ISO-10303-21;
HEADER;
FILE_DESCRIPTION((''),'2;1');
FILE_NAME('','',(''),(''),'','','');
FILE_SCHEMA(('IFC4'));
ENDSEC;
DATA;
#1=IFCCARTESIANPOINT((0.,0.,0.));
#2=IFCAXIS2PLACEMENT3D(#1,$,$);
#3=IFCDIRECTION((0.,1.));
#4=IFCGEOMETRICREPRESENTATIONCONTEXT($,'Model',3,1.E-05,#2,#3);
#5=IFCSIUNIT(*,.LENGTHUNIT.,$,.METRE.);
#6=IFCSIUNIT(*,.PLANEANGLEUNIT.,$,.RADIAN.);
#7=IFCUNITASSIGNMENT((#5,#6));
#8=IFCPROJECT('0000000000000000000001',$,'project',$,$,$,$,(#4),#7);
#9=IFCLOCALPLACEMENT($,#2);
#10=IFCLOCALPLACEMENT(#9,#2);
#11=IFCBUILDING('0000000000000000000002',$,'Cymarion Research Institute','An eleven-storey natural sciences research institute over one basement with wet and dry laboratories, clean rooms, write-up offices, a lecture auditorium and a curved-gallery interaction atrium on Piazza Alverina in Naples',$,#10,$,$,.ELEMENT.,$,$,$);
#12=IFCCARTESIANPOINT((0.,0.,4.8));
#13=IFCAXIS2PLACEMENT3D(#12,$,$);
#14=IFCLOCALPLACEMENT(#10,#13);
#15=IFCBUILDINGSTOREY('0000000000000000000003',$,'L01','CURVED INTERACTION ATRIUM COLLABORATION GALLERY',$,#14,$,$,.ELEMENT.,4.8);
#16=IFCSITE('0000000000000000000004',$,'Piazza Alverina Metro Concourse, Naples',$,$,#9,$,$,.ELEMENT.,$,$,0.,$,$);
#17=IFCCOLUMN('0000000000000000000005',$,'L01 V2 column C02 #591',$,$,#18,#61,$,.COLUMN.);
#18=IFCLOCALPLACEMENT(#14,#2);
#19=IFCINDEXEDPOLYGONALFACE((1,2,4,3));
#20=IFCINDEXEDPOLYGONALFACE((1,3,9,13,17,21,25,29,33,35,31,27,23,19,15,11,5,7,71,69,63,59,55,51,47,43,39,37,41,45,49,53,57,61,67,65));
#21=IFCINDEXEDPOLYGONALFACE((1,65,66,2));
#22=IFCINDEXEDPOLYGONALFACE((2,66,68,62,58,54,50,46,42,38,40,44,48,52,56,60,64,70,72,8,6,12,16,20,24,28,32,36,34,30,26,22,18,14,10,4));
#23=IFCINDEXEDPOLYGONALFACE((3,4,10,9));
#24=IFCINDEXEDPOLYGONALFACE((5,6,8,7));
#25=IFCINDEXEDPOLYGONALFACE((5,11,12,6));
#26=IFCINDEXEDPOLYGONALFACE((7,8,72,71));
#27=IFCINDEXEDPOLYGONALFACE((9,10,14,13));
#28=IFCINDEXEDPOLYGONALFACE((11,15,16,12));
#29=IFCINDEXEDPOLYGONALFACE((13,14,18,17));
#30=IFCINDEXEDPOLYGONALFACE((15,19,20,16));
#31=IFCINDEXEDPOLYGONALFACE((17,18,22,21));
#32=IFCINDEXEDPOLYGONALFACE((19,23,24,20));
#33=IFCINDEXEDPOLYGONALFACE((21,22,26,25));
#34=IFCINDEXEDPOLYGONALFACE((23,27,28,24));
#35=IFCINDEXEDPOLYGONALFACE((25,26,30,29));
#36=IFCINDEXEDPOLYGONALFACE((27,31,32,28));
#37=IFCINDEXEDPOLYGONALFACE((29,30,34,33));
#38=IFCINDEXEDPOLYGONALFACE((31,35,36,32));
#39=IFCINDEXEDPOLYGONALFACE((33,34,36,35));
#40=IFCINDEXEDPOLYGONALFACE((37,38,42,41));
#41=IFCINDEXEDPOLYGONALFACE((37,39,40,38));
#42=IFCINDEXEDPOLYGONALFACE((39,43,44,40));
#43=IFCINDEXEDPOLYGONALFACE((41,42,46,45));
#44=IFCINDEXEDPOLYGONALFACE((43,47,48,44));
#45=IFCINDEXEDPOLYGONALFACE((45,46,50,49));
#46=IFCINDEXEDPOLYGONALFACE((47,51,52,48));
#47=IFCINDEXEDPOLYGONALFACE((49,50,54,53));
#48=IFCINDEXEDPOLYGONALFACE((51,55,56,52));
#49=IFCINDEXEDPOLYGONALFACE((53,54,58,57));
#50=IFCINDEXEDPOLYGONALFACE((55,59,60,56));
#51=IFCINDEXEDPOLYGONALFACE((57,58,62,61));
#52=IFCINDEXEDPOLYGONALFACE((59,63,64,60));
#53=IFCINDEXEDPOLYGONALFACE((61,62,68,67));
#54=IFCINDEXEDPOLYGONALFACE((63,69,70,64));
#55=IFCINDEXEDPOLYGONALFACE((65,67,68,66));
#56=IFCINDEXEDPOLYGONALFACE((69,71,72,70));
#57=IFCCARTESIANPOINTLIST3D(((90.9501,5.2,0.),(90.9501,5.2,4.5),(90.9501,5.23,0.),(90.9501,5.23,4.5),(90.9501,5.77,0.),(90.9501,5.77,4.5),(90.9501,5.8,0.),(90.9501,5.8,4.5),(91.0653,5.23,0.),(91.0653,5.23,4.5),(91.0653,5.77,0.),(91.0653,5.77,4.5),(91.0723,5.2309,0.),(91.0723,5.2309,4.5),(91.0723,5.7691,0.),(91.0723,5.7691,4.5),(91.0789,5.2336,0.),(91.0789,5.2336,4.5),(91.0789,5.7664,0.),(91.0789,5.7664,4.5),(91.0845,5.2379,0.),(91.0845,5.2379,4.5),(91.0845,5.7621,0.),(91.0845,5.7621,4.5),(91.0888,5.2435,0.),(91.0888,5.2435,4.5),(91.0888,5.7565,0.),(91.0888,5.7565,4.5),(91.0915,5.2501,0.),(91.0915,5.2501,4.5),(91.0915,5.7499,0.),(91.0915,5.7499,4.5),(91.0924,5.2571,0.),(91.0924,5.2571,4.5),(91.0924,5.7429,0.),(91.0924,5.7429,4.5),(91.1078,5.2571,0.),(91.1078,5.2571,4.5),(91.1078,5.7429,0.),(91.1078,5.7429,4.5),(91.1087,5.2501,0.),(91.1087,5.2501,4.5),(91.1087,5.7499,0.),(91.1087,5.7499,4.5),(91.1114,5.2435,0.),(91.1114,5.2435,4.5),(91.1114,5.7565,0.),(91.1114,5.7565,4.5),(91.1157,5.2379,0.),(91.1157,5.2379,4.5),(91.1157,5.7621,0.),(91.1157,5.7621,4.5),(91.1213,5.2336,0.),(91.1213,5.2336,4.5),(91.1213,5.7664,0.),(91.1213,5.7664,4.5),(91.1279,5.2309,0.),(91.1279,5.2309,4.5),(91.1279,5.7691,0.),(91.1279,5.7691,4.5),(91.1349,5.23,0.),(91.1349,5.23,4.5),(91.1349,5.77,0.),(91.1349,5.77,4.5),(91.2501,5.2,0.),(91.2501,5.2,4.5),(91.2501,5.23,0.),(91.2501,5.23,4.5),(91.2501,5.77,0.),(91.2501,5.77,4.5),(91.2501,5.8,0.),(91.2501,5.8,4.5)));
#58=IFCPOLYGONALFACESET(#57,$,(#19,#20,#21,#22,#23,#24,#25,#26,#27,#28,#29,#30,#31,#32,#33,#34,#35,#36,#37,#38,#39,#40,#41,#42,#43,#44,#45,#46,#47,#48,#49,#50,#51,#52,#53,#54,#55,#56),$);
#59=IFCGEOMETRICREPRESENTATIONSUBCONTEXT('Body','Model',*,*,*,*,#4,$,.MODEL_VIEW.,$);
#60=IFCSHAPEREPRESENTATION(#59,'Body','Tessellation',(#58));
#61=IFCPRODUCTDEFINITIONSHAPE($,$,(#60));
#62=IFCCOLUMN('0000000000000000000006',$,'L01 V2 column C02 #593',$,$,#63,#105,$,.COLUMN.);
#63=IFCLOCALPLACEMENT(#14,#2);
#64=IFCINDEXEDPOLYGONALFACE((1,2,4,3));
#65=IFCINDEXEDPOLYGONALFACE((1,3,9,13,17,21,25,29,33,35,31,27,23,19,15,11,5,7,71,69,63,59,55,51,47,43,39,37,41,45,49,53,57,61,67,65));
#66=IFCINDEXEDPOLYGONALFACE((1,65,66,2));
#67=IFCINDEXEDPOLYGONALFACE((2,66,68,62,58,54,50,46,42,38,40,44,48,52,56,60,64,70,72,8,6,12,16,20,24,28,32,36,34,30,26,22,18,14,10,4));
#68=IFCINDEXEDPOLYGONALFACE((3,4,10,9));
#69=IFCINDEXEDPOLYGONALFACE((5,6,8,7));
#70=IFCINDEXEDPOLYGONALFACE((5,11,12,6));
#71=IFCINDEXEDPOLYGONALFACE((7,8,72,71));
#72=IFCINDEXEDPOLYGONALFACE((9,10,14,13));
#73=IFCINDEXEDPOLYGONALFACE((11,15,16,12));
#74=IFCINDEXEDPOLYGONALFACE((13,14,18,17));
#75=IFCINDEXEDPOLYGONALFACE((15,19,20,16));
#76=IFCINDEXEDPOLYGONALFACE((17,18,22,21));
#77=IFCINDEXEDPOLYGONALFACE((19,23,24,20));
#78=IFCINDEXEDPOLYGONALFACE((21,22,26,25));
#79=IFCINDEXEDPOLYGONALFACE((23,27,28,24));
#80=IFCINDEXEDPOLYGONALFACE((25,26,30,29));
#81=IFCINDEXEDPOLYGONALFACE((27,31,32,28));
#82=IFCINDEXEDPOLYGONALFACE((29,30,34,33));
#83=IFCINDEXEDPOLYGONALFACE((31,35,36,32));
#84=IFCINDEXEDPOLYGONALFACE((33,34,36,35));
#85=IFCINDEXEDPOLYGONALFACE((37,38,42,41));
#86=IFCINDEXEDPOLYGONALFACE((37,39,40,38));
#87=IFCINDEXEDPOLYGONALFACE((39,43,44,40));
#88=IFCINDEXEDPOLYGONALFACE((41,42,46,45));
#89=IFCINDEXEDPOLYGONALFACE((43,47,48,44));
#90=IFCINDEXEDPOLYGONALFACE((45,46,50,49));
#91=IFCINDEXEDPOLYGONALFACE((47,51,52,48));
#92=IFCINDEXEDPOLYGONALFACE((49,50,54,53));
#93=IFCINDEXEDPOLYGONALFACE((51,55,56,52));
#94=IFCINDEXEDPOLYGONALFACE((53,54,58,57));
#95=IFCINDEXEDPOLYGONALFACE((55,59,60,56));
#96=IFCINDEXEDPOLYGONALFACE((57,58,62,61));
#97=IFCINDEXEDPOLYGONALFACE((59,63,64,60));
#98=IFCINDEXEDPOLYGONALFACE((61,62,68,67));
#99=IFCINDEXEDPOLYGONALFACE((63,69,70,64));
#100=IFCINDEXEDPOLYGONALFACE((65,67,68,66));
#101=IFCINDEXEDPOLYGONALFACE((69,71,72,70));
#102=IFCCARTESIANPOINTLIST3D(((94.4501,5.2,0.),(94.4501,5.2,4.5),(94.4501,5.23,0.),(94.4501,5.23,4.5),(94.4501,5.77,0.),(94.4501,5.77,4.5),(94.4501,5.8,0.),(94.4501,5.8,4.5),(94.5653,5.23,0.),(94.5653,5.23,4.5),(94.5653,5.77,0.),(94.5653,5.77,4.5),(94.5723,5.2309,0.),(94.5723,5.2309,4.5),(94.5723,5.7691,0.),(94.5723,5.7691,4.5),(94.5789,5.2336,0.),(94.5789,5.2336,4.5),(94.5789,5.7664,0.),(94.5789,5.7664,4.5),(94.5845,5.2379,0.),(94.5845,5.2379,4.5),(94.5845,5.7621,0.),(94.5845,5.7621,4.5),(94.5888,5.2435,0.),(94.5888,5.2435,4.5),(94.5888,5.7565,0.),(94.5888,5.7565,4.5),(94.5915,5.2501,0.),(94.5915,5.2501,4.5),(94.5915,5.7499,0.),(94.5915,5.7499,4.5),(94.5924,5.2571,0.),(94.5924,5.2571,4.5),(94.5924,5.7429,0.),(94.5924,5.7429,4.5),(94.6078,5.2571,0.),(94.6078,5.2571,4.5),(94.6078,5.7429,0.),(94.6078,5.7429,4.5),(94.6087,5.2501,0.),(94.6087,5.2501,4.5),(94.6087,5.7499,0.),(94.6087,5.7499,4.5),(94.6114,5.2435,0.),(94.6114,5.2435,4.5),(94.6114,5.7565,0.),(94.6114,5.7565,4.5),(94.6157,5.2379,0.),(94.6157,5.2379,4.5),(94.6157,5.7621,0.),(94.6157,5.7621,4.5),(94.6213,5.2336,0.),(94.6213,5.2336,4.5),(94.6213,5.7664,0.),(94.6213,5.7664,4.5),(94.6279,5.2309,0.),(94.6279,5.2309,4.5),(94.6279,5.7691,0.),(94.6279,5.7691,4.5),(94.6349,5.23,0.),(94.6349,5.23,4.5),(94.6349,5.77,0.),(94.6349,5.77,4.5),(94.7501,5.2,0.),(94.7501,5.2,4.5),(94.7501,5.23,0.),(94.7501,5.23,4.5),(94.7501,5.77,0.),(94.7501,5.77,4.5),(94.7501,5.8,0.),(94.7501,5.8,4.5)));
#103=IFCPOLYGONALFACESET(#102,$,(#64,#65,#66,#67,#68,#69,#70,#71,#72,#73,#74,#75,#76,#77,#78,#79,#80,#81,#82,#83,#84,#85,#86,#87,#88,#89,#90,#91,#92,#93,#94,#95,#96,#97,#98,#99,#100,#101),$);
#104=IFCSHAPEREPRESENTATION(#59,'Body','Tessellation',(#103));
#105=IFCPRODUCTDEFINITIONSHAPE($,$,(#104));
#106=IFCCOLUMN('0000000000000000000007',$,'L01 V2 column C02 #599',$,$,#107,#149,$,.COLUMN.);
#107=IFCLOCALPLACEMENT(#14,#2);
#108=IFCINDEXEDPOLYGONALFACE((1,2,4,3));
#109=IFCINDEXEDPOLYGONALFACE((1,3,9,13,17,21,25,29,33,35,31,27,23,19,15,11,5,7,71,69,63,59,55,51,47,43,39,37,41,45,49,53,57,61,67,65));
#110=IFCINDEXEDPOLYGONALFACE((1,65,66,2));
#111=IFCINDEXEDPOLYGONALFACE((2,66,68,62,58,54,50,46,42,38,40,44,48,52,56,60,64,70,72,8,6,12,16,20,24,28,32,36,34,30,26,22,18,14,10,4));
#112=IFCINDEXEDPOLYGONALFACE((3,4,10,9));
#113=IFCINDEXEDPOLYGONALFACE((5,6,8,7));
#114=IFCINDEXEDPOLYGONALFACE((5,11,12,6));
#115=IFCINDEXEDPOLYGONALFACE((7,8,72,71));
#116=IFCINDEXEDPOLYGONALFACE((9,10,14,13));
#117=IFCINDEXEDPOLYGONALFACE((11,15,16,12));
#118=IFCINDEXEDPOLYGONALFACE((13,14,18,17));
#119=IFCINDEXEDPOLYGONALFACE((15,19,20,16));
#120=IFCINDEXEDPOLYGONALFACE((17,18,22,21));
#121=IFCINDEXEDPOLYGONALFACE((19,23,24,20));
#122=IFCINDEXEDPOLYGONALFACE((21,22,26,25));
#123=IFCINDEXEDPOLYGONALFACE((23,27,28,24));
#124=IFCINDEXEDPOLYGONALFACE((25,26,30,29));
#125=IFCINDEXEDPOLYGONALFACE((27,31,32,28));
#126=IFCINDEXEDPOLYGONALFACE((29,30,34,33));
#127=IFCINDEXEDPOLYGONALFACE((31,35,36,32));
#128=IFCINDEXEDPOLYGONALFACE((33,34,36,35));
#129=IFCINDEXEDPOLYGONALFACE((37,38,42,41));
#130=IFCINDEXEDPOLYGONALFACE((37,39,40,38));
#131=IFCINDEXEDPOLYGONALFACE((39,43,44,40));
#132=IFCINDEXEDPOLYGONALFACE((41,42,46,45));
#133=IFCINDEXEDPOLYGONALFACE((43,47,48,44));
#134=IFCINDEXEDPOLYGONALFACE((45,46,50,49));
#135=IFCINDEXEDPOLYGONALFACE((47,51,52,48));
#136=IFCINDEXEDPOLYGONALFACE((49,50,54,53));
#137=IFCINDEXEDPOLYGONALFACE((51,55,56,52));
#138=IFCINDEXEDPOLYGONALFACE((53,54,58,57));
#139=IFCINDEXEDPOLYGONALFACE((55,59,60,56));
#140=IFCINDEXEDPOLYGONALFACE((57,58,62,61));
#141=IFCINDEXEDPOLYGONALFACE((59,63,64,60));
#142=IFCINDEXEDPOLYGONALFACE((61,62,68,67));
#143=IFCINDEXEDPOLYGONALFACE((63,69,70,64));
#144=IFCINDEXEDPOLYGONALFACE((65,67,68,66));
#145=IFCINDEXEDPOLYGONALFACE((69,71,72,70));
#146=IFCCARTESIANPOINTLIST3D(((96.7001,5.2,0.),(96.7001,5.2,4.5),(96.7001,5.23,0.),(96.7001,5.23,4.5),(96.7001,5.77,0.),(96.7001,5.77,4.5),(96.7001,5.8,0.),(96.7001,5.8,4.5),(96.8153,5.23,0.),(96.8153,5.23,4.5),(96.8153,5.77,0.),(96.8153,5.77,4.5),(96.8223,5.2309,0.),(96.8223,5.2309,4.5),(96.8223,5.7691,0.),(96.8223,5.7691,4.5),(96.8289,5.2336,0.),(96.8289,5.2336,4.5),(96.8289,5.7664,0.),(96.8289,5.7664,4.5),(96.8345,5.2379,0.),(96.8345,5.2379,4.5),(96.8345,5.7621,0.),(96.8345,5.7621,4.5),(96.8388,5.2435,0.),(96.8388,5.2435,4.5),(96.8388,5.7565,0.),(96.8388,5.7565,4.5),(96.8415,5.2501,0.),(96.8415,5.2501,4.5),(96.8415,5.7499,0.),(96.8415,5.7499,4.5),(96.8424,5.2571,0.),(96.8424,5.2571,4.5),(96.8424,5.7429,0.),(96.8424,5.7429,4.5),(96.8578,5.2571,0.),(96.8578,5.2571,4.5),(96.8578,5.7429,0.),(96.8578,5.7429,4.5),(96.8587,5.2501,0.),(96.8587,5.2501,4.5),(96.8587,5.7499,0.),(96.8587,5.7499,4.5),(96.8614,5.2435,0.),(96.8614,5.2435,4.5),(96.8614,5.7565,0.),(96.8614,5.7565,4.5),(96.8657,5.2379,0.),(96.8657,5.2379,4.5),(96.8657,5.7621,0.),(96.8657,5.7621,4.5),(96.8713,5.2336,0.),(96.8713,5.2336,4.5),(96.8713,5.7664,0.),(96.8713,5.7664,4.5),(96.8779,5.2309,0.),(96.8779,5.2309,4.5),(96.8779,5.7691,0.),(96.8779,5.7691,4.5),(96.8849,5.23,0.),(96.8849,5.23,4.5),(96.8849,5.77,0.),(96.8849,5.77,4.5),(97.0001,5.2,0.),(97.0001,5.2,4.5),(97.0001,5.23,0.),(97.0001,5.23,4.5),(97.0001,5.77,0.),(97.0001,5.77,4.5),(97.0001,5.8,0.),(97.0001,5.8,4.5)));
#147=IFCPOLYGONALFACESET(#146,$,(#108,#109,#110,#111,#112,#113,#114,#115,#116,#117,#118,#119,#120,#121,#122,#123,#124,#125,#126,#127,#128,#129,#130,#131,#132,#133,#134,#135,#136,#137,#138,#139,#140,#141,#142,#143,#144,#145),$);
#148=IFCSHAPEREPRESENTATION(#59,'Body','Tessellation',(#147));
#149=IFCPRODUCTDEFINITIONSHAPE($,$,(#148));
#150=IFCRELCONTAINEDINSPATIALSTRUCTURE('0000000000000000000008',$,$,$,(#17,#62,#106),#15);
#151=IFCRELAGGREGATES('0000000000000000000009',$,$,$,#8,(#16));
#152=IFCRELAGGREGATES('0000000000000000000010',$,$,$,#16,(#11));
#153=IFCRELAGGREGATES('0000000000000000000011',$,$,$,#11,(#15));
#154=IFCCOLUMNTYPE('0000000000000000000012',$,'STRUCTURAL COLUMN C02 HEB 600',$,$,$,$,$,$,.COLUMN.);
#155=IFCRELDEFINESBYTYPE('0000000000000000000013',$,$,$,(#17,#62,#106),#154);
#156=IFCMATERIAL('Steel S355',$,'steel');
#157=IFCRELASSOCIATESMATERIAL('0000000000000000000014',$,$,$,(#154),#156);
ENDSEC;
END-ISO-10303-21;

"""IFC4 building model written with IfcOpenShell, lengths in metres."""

from ifc_helpers import new_model, si_unit, direction, frame, origin, origin_2d, place, context, subcontext, project, spatial, i_section, extrude, material, material_profile, profile_set, type_object, element, save


model = new_model("IFC4")

# Units and contexts
model_context = context("Model", 3, precision=1e-05, world=origin(), true_north=direction((0.0, 1.0)))
body_context = subcontext(model_context, "Body", "Model", "MODEL_VIEW")
ifc_project = project(units=[si_unit("LENGTHUNIT", "METRE"), si_unit("PLANEANGLEUNIT", "RADIAN")], contexts=[model_context])

# Site, building, storey
site_placement = place(None, origin())
site = spatial("IfcSite", under=ifc_project, at=site_placement, Name="Piazza Alverina Metro Concourse, Naples", CompositionType="ELEMENT", RefElevation=0.0)
building_placement = place(site_placement, origin())
building = spatial("IfcBuilding", under=site, at=building_placement, Name="Cymarion Research Institute", Description="An eleven-storey natural sciences research institute over one basement with wet and dry laboratories, clean rooms, write-up offices, a lecture auditorium and a curved-gallery interaction atrium on Piazza Alverina in Naples", CompositionType="ELEMENT")
storey_placement = place(building_placement, frame((0.0, 0.0, 4.8)))
storey = spatial("IfcBuildingStorey", under=building, at=storey_placement, Name="L01", Description="CURVED INTERACTION ATRIUM COLLABORATION GALLERY", CompositionType="ELEMENT", Elevation=4.8)

# Columns
ifc_material_1 = material(Name="Steel S355", Category="steel")
ifc_material_profile_1 = material_profile(ifc_material_1, i_section(OverallWidth=0.3, OverallDepth=0.6001, WebThickness=0.0154, FlangeThickness=0.03, FilletRadius=0.0271, at=origin_2d()), Name="HEB 600")
ifc_profile_set_1 = profile_set([ifc_material_profile_1], Name="Steel S355")
column_type_1 = type_object("IfcColumnType", Name="STRUCTURAL COLUMN C02 HEB 600", PredefinedType="COLUMN", material=ifc_profile_set_1)
for number, where, z_axis, x_axis, name in (
    (1, (91.1001, 5.5, 0.0), (0.0, 0.0, 1.0), (1.0, 0.0, 0.0), "L01 V2 column C02 #591"),
    (2, (94.6001, 5.5, 0.0), (0.0, 0.0, 1.0), (1.0, 0.0, 0.0), "L01 V2 column C02 #593"),
    (3, (96.8501, 5.5, 0.0), (0.0, 0.0, 1.0), (1.0, 0.0, 0.0), "L01 V2 column C02 #599"),
):
    element("IfcColumn", number, at=place(storey_placement, frame(where, z_axis=z_axis, x_axis=x_axis)), inside=storey, type_object=column_type_1, Name=name, PredefinedType="COLUMN", context=body_context, shape_type="SweptSolid", body=[
        extrude(i_section(OverallWidth=0.3, OverallDepth=0.6001, WebThickness=0.0154, FlangeThickness=0.03, FilletRadius=0.0271, at=origin_2d()), origin(), (0.0, 0.0, 1.0), 4.5),
    ])

save(model, "model.ifc")
